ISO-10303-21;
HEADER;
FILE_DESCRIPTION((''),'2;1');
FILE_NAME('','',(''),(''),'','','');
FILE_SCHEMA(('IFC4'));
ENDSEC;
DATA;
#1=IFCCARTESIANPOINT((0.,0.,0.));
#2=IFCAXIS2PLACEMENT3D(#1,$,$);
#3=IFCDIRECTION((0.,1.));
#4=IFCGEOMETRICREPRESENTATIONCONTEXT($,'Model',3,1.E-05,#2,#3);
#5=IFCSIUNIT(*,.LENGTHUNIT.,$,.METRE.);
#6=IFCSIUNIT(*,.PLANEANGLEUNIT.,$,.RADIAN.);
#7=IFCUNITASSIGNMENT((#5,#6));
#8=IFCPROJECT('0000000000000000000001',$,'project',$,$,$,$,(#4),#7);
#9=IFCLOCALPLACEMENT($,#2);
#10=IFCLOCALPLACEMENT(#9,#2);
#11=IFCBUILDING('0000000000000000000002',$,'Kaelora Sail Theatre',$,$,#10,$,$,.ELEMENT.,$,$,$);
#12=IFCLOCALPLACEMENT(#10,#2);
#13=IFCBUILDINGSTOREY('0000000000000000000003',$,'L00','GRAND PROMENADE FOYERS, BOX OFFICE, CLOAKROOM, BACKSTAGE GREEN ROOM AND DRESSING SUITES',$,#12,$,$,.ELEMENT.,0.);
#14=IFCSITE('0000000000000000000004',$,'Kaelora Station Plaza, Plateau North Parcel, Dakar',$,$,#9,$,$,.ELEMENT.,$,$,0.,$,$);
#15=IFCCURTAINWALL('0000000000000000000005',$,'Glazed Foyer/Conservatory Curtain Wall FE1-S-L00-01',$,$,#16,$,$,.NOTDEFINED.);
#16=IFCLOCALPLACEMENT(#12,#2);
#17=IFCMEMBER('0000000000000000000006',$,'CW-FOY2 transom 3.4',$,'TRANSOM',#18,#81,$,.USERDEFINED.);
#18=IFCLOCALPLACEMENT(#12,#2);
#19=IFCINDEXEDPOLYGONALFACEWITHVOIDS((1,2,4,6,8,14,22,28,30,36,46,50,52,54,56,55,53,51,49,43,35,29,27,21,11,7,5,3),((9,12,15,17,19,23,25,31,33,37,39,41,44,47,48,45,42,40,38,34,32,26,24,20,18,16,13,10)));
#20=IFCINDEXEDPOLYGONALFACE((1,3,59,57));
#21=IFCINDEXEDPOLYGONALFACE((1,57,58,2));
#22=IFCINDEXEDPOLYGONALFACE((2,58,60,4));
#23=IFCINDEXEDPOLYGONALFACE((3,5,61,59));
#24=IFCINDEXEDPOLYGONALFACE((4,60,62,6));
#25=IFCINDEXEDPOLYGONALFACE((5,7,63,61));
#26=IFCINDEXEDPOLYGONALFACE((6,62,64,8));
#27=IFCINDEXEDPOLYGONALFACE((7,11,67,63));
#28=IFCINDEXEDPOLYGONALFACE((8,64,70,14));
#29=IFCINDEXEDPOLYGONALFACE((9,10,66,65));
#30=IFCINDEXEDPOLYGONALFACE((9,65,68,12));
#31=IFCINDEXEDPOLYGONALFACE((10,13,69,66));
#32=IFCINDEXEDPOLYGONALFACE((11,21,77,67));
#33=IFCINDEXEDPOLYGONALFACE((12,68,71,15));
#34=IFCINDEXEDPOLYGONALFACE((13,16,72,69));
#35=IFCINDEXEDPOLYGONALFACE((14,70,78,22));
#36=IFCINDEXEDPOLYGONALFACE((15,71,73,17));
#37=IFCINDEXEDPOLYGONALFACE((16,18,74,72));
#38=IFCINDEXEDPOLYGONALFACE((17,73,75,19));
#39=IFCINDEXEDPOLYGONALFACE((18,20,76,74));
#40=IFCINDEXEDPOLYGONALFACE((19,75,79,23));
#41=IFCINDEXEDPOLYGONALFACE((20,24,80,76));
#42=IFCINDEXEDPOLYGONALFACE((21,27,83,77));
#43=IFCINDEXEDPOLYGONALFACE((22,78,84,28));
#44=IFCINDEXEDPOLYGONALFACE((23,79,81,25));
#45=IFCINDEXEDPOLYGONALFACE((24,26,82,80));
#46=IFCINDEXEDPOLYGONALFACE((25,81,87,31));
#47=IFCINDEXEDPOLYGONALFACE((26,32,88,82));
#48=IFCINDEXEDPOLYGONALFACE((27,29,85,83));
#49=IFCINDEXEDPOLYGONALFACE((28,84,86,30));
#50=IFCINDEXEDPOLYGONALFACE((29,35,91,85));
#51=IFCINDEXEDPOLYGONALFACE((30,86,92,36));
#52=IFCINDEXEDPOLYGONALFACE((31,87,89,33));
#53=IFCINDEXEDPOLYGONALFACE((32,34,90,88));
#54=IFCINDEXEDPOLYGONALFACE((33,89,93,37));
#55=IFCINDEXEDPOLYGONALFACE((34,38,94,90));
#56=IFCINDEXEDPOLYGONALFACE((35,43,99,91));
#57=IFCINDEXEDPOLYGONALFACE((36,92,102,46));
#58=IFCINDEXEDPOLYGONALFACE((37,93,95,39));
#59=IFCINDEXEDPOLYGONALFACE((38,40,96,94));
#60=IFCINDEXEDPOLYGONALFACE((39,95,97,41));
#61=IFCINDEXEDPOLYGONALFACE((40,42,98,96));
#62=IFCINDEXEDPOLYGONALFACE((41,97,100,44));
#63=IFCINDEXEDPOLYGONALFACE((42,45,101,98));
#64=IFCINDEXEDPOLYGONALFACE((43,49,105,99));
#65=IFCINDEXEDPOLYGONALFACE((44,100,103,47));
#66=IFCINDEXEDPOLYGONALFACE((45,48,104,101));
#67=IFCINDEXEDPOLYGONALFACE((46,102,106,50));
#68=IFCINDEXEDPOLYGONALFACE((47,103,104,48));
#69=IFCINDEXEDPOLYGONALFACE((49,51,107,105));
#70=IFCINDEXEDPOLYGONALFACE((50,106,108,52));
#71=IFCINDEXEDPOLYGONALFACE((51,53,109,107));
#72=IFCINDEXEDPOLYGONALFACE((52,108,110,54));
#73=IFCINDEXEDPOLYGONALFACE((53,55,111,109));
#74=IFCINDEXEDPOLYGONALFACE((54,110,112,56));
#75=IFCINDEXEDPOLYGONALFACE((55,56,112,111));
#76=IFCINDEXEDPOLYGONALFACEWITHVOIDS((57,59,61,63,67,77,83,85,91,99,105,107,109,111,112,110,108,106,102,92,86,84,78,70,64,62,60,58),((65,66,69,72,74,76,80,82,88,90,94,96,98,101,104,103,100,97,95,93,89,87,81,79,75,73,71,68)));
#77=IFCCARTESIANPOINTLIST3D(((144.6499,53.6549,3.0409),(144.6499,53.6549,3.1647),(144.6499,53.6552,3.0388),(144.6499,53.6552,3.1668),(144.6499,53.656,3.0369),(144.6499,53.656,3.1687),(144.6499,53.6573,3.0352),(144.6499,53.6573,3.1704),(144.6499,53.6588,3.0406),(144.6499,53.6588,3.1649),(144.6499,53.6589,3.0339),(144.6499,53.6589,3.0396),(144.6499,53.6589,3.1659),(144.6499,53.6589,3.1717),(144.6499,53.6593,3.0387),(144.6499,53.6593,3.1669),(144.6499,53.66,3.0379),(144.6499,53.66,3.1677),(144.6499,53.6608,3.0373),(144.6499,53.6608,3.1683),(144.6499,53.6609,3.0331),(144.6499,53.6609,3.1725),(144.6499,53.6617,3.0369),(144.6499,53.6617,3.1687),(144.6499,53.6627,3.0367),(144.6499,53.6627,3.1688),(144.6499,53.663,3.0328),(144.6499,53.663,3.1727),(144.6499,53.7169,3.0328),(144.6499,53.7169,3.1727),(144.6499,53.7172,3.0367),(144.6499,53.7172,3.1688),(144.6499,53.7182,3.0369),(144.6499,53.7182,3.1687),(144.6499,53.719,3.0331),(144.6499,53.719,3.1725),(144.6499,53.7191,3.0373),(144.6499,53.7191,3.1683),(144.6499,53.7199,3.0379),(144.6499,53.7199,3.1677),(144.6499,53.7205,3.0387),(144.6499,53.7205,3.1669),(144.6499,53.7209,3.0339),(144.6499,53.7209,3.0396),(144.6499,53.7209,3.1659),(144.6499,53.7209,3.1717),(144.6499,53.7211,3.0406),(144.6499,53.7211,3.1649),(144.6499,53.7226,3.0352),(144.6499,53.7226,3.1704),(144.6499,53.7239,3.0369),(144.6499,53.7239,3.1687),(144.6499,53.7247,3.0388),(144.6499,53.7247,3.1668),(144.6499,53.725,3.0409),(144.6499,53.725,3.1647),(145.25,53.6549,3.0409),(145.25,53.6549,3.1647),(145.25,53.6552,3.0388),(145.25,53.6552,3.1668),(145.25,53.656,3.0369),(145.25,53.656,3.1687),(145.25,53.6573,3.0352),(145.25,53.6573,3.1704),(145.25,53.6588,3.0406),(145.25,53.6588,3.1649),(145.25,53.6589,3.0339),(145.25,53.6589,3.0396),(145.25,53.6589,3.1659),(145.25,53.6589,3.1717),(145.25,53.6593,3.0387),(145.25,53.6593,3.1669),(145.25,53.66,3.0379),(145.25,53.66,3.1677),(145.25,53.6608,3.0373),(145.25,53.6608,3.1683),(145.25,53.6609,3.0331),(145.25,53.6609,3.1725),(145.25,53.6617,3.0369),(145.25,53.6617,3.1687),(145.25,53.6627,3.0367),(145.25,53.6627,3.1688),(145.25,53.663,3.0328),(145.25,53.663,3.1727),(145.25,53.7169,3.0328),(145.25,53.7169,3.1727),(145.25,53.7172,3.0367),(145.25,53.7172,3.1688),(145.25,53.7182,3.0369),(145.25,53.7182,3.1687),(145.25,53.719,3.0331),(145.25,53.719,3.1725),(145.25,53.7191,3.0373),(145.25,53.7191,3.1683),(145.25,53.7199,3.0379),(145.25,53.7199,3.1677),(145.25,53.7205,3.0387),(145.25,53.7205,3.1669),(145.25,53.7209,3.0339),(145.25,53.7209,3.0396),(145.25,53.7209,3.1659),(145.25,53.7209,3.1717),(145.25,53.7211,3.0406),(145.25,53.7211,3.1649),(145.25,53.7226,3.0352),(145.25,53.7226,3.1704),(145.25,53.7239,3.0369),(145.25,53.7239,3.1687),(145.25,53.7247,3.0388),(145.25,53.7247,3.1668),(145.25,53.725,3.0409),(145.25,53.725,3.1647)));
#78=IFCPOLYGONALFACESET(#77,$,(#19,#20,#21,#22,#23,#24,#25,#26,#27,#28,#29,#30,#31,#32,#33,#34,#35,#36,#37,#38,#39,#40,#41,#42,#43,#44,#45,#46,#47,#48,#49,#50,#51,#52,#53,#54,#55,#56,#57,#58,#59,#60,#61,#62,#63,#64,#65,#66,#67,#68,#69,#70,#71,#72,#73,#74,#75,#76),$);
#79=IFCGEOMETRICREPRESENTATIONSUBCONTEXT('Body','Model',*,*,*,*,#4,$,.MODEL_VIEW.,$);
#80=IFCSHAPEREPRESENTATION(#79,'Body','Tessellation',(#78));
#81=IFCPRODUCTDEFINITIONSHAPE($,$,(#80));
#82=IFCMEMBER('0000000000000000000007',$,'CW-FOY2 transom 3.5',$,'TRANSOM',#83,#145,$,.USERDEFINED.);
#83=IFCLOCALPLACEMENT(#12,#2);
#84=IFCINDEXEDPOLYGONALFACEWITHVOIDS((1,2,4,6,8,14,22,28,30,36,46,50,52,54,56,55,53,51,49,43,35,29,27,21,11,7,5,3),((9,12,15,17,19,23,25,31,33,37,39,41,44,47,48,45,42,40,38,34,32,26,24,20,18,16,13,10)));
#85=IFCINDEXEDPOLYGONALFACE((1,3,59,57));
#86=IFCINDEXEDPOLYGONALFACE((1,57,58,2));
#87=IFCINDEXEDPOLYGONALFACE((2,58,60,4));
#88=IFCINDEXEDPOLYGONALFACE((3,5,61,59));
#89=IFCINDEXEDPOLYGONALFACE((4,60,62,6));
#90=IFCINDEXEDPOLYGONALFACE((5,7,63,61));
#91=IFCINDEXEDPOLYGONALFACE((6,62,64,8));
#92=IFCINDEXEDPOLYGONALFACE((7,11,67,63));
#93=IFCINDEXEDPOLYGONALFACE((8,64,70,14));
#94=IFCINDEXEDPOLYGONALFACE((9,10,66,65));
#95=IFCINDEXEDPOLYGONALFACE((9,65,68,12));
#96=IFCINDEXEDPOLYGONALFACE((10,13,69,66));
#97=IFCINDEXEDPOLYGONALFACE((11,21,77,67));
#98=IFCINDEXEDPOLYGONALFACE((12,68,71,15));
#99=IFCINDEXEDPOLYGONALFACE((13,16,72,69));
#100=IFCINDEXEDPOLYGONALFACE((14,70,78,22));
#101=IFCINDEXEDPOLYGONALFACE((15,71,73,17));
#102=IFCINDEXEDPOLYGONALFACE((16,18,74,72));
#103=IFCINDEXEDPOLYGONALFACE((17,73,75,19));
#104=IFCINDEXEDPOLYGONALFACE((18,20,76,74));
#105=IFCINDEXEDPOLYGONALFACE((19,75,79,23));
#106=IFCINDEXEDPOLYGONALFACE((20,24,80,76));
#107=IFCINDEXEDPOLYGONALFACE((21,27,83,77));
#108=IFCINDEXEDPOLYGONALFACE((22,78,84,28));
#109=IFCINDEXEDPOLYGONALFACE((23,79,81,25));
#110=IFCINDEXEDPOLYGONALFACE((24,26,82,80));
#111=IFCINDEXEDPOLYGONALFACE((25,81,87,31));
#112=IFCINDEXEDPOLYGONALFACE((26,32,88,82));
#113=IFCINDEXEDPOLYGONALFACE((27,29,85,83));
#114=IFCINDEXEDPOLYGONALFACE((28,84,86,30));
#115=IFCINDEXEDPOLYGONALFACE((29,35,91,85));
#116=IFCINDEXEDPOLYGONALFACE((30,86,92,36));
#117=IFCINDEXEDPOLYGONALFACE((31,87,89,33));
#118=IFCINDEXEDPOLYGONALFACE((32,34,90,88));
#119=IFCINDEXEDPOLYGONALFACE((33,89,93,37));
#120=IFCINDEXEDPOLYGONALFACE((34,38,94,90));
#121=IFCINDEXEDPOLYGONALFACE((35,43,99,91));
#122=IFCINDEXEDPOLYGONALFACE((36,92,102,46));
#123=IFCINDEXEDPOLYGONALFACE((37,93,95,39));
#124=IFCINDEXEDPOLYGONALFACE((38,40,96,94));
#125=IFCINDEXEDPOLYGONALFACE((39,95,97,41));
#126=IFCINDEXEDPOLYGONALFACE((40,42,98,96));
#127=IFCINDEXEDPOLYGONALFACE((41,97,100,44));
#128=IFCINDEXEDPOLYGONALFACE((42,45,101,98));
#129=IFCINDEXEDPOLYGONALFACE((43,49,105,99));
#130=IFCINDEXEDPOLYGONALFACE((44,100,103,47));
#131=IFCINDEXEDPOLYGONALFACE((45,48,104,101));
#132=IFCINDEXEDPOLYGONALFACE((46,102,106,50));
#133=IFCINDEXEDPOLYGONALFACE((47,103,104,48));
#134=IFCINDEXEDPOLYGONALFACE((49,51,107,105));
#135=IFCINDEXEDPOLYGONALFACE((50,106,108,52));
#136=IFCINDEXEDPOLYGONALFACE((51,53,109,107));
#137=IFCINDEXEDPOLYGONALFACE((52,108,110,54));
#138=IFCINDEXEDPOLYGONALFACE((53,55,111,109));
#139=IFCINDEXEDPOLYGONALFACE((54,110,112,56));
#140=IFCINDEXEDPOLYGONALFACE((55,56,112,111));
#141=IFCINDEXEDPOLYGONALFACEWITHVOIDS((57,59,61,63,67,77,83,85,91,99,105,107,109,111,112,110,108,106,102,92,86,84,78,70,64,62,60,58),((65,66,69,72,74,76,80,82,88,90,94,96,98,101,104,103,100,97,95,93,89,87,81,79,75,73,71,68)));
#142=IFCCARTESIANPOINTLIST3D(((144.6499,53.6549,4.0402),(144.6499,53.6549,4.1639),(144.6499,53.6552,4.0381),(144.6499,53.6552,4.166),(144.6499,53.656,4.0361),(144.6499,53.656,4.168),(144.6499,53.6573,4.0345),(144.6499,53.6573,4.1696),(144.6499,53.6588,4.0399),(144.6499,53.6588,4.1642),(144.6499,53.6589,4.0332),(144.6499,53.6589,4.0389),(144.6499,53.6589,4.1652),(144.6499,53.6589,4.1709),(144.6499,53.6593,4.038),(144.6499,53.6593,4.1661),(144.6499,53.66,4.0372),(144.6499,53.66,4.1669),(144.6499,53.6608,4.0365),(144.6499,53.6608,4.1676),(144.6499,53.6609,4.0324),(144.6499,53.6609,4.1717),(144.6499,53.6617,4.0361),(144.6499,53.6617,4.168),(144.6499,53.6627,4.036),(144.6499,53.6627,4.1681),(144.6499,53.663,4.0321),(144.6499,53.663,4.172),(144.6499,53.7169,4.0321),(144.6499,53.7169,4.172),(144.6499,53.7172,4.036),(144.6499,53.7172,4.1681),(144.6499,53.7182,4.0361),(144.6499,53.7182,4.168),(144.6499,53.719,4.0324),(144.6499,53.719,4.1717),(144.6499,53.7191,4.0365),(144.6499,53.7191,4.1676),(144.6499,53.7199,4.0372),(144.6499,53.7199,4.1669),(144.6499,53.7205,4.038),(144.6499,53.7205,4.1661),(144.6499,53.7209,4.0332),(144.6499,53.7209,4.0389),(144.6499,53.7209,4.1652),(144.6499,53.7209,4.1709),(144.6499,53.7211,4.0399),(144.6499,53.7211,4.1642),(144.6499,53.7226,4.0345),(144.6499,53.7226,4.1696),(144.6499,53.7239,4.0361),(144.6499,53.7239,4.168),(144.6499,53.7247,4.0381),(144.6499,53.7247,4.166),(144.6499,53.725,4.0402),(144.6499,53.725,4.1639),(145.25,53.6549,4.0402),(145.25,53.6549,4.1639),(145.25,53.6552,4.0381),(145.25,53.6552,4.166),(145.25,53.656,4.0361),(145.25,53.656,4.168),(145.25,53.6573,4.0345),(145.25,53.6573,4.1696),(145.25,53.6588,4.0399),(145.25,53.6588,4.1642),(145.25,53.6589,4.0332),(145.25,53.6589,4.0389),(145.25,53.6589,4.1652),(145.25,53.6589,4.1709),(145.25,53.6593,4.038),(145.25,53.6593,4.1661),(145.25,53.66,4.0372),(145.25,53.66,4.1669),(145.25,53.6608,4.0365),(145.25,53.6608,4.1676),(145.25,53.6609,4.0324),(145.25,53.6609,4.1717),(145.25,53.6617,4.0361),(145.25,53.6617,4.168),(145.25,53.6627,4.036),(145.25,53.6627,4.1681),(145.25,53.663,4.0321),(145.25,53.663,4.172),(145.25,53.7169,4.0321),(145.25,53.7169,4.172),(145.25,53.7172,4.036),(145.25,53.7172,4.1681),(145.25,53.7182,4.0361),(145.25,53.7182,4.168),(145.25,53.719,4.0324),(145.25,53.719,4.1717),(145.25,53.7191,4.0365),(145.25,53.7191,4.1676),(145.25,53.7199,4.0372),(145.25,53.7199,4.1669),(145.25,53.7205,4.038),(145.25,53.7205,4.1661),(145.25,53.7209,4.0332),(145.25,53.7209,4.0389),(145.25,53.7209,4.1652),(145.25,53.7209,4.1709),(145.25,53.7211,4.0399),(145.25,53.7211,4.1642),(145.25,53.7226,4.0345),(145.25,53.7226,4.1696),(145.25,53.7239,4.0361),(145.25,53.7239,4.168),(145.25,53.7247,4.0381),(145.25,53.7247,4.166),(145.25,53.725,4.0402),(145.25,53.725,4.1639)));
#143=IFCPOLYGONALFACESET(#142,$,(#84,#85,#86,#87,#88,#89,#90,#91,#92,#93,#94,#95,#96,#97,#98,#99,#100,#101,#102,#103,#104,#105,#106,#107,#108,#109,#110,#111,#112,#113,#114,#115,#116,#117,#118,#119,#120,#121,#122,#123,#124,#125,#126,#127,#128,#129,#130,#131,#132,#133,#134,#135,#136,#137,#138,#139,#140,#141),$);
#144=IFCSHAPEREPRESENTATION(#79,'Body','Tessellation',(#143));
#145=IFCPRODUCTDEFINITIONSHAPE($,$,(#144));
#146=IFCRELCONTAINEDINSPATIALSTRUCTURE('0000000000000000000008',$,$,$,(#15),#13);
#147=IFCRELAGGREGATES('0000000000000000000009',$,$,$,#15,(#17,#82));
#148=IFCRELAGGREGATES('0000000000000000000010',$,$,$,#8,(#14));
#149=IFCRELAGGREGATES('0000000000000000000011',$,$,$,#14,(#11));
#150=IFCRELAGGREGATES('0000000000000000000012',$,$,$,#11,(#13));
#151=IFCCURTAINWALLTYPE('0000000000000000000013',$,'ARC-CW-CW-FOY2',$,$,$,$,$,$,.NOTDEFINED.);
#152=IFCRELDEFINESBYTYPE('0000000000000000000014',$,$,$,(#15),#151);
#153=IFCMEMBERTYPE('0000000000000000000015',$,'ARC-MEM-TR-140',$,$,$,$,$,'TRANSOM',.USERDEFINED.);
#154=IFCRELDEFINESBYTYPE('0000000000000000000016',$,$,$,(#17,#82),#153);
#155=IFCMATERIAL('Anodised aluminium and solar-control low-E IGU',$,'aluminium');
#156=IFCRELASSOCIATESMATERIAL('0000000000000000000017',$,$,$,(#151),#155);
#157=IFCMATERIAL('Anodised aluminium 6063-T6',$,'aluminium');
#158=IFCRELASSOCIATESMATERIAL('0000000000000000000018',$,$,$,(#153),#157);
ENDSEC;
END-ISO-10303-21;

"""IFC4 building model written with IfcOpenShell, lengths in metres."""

from ifc_helpers import new_model, si_unit, direction, frame, origin, origin_2d, place, context, subcontext, project, spatial, hollow_rectangle, extrude, material, material_profile, profile_set, type_object, element, aggregate, save


model = new_model("IFC4")

# Units and contexts
model_context = context("Model", 3, precision=1e-05, world=origin(), true_north=direction((0.0, 1.0)))
body_context = subcontext(model_context, "Body", "Model", "MODEL_VIEW")
ifc_project = project(units=[si_unit("LENGTHUNIT", "METRE"), si_unit("PLANEANGLEUNIT", "RADIAN")], contexts=[model_context])

# Site, building, storey
site_placement = place(None, origin())
site = spatial("IfcSite", under=ifc_project, at=site_placement, Name="Kaelora Station Plaza, Plateau North Parcel, Dakar", CompositionType="ELEMENT", RefElevation=0.0)
building_placement = place(site_placement, origin())
building = spatial("IfcBuilding", under=site, at=building_placement, Name="Kaelora Sail Theatre", CompositionType="ELEMENT")
storey_placement = place(building_placement, origin())
storey = spatial("IfcBuildingStorey", under=building, at=storey_placement, Name="L00", Description="GRAND PROMENADE FOYERS, BOX OFFICE, CLOAKROOM, BACKSTAGE GREEN ROOM AND DRESSING SUITES", CompositionType="ELEMENT", Elevation=0.0)

# Curtain wall, members
ifc_material_1 = material(Name="Anodised aluminium and solar-control low-E IGU", Category="aluminium")
curtain_wall_type = type_object("IfcCurtainWallType", Name="ARC-CW-CW-FOY2", PredefinedType="NOTDEFINED", material=ifc_material_1)
curtain_wall_placement = place(storey_placement, origin())
curtain_wall = element("IfcCurtainWall", 1, at=curtain_wall_placement, inside=storey, type_object=curtain_wall_type, Name="Glazed Foyer/Conservatory Curtain Wall FE1-S-L00-01", PredefinedType="NOTDEFINED")
ifc_material_2 = material(Name="Anodised aluminium 6063-T6", Category="aluminium")
ifc_material_profile_1 = material_profile(ifc_material_2, hollow_rectangle(XDim=0.0701, YDim=0.1399, WallThickness=0.0039, InnerFilletRadius=0.0039, OuterFilletRadius=0.0081, at=origin_2d()), Name="ALU-TRAN 70x140x4")
ifc_profile_set_1 = profile_set([ifc_material_profile_1], Name="Anodised aluminium 6063-T6")
member_type_1 = type_object("IfcMemberType", Name="ARC-MEM-TR-140", ElementType="TRANSOM", PredefinedType="USERDEFINED", material=ifc_profile_set_1)
member_1_placement = place(storey_placement, frame((144.6499, 53.6899, 3.1028), z_axis=(1.0, 0.0, 0.0), x_axis=(0.0, 1.0, 0.0)))
member_1 = element("IfcMember", 2, at=member_1_placement, type_object=member_type_1, Name="CW-FOY2 transom 3.4", ObjectType="TRANSOM", PredefinedType="USERDEFINED", context=body_context, shape_type="SweptSolid", body=[
    extrude(hollow_rectangle(XDim=0.0701, YDim=0.1399, WallThickness=0.0039, InnerFilletRadius=0.0039, OuterFilletRadius=0.0081, at=origin_2d()), origin(), (0.0, 0.0, 1.0), 0.6001),
])
member_2_placement = place(storey_placement, frame((144.6499, 53.6899, 4.1021), z_axis=(1.0, 0.0, 0.0), x_axis=(0.0, 1.0, 0.0)))
member_2 = element("IfcMember", 3, at=member_2_placement, type_object=member_type_1, Name="CW-FOY2 transom 3.5", ObjectType="TRANSOM", PredefinedType="USERDEFINED", context=body_context, shape_type="SweptSolid", body=[
    extrude(hollow_rectangle(XDim=0.0701, YDim=0.1399, WallThickness=0.0039, InnerFilletRadius=0.0039, OuterFilletRadius=0.0081, at=origin_2d()), origin(), (0.0, 0.0, 1.0), 0.6001),
])

aggregate(curtain_wall, [member_1, member_2])

save(model, "model.ifc")
